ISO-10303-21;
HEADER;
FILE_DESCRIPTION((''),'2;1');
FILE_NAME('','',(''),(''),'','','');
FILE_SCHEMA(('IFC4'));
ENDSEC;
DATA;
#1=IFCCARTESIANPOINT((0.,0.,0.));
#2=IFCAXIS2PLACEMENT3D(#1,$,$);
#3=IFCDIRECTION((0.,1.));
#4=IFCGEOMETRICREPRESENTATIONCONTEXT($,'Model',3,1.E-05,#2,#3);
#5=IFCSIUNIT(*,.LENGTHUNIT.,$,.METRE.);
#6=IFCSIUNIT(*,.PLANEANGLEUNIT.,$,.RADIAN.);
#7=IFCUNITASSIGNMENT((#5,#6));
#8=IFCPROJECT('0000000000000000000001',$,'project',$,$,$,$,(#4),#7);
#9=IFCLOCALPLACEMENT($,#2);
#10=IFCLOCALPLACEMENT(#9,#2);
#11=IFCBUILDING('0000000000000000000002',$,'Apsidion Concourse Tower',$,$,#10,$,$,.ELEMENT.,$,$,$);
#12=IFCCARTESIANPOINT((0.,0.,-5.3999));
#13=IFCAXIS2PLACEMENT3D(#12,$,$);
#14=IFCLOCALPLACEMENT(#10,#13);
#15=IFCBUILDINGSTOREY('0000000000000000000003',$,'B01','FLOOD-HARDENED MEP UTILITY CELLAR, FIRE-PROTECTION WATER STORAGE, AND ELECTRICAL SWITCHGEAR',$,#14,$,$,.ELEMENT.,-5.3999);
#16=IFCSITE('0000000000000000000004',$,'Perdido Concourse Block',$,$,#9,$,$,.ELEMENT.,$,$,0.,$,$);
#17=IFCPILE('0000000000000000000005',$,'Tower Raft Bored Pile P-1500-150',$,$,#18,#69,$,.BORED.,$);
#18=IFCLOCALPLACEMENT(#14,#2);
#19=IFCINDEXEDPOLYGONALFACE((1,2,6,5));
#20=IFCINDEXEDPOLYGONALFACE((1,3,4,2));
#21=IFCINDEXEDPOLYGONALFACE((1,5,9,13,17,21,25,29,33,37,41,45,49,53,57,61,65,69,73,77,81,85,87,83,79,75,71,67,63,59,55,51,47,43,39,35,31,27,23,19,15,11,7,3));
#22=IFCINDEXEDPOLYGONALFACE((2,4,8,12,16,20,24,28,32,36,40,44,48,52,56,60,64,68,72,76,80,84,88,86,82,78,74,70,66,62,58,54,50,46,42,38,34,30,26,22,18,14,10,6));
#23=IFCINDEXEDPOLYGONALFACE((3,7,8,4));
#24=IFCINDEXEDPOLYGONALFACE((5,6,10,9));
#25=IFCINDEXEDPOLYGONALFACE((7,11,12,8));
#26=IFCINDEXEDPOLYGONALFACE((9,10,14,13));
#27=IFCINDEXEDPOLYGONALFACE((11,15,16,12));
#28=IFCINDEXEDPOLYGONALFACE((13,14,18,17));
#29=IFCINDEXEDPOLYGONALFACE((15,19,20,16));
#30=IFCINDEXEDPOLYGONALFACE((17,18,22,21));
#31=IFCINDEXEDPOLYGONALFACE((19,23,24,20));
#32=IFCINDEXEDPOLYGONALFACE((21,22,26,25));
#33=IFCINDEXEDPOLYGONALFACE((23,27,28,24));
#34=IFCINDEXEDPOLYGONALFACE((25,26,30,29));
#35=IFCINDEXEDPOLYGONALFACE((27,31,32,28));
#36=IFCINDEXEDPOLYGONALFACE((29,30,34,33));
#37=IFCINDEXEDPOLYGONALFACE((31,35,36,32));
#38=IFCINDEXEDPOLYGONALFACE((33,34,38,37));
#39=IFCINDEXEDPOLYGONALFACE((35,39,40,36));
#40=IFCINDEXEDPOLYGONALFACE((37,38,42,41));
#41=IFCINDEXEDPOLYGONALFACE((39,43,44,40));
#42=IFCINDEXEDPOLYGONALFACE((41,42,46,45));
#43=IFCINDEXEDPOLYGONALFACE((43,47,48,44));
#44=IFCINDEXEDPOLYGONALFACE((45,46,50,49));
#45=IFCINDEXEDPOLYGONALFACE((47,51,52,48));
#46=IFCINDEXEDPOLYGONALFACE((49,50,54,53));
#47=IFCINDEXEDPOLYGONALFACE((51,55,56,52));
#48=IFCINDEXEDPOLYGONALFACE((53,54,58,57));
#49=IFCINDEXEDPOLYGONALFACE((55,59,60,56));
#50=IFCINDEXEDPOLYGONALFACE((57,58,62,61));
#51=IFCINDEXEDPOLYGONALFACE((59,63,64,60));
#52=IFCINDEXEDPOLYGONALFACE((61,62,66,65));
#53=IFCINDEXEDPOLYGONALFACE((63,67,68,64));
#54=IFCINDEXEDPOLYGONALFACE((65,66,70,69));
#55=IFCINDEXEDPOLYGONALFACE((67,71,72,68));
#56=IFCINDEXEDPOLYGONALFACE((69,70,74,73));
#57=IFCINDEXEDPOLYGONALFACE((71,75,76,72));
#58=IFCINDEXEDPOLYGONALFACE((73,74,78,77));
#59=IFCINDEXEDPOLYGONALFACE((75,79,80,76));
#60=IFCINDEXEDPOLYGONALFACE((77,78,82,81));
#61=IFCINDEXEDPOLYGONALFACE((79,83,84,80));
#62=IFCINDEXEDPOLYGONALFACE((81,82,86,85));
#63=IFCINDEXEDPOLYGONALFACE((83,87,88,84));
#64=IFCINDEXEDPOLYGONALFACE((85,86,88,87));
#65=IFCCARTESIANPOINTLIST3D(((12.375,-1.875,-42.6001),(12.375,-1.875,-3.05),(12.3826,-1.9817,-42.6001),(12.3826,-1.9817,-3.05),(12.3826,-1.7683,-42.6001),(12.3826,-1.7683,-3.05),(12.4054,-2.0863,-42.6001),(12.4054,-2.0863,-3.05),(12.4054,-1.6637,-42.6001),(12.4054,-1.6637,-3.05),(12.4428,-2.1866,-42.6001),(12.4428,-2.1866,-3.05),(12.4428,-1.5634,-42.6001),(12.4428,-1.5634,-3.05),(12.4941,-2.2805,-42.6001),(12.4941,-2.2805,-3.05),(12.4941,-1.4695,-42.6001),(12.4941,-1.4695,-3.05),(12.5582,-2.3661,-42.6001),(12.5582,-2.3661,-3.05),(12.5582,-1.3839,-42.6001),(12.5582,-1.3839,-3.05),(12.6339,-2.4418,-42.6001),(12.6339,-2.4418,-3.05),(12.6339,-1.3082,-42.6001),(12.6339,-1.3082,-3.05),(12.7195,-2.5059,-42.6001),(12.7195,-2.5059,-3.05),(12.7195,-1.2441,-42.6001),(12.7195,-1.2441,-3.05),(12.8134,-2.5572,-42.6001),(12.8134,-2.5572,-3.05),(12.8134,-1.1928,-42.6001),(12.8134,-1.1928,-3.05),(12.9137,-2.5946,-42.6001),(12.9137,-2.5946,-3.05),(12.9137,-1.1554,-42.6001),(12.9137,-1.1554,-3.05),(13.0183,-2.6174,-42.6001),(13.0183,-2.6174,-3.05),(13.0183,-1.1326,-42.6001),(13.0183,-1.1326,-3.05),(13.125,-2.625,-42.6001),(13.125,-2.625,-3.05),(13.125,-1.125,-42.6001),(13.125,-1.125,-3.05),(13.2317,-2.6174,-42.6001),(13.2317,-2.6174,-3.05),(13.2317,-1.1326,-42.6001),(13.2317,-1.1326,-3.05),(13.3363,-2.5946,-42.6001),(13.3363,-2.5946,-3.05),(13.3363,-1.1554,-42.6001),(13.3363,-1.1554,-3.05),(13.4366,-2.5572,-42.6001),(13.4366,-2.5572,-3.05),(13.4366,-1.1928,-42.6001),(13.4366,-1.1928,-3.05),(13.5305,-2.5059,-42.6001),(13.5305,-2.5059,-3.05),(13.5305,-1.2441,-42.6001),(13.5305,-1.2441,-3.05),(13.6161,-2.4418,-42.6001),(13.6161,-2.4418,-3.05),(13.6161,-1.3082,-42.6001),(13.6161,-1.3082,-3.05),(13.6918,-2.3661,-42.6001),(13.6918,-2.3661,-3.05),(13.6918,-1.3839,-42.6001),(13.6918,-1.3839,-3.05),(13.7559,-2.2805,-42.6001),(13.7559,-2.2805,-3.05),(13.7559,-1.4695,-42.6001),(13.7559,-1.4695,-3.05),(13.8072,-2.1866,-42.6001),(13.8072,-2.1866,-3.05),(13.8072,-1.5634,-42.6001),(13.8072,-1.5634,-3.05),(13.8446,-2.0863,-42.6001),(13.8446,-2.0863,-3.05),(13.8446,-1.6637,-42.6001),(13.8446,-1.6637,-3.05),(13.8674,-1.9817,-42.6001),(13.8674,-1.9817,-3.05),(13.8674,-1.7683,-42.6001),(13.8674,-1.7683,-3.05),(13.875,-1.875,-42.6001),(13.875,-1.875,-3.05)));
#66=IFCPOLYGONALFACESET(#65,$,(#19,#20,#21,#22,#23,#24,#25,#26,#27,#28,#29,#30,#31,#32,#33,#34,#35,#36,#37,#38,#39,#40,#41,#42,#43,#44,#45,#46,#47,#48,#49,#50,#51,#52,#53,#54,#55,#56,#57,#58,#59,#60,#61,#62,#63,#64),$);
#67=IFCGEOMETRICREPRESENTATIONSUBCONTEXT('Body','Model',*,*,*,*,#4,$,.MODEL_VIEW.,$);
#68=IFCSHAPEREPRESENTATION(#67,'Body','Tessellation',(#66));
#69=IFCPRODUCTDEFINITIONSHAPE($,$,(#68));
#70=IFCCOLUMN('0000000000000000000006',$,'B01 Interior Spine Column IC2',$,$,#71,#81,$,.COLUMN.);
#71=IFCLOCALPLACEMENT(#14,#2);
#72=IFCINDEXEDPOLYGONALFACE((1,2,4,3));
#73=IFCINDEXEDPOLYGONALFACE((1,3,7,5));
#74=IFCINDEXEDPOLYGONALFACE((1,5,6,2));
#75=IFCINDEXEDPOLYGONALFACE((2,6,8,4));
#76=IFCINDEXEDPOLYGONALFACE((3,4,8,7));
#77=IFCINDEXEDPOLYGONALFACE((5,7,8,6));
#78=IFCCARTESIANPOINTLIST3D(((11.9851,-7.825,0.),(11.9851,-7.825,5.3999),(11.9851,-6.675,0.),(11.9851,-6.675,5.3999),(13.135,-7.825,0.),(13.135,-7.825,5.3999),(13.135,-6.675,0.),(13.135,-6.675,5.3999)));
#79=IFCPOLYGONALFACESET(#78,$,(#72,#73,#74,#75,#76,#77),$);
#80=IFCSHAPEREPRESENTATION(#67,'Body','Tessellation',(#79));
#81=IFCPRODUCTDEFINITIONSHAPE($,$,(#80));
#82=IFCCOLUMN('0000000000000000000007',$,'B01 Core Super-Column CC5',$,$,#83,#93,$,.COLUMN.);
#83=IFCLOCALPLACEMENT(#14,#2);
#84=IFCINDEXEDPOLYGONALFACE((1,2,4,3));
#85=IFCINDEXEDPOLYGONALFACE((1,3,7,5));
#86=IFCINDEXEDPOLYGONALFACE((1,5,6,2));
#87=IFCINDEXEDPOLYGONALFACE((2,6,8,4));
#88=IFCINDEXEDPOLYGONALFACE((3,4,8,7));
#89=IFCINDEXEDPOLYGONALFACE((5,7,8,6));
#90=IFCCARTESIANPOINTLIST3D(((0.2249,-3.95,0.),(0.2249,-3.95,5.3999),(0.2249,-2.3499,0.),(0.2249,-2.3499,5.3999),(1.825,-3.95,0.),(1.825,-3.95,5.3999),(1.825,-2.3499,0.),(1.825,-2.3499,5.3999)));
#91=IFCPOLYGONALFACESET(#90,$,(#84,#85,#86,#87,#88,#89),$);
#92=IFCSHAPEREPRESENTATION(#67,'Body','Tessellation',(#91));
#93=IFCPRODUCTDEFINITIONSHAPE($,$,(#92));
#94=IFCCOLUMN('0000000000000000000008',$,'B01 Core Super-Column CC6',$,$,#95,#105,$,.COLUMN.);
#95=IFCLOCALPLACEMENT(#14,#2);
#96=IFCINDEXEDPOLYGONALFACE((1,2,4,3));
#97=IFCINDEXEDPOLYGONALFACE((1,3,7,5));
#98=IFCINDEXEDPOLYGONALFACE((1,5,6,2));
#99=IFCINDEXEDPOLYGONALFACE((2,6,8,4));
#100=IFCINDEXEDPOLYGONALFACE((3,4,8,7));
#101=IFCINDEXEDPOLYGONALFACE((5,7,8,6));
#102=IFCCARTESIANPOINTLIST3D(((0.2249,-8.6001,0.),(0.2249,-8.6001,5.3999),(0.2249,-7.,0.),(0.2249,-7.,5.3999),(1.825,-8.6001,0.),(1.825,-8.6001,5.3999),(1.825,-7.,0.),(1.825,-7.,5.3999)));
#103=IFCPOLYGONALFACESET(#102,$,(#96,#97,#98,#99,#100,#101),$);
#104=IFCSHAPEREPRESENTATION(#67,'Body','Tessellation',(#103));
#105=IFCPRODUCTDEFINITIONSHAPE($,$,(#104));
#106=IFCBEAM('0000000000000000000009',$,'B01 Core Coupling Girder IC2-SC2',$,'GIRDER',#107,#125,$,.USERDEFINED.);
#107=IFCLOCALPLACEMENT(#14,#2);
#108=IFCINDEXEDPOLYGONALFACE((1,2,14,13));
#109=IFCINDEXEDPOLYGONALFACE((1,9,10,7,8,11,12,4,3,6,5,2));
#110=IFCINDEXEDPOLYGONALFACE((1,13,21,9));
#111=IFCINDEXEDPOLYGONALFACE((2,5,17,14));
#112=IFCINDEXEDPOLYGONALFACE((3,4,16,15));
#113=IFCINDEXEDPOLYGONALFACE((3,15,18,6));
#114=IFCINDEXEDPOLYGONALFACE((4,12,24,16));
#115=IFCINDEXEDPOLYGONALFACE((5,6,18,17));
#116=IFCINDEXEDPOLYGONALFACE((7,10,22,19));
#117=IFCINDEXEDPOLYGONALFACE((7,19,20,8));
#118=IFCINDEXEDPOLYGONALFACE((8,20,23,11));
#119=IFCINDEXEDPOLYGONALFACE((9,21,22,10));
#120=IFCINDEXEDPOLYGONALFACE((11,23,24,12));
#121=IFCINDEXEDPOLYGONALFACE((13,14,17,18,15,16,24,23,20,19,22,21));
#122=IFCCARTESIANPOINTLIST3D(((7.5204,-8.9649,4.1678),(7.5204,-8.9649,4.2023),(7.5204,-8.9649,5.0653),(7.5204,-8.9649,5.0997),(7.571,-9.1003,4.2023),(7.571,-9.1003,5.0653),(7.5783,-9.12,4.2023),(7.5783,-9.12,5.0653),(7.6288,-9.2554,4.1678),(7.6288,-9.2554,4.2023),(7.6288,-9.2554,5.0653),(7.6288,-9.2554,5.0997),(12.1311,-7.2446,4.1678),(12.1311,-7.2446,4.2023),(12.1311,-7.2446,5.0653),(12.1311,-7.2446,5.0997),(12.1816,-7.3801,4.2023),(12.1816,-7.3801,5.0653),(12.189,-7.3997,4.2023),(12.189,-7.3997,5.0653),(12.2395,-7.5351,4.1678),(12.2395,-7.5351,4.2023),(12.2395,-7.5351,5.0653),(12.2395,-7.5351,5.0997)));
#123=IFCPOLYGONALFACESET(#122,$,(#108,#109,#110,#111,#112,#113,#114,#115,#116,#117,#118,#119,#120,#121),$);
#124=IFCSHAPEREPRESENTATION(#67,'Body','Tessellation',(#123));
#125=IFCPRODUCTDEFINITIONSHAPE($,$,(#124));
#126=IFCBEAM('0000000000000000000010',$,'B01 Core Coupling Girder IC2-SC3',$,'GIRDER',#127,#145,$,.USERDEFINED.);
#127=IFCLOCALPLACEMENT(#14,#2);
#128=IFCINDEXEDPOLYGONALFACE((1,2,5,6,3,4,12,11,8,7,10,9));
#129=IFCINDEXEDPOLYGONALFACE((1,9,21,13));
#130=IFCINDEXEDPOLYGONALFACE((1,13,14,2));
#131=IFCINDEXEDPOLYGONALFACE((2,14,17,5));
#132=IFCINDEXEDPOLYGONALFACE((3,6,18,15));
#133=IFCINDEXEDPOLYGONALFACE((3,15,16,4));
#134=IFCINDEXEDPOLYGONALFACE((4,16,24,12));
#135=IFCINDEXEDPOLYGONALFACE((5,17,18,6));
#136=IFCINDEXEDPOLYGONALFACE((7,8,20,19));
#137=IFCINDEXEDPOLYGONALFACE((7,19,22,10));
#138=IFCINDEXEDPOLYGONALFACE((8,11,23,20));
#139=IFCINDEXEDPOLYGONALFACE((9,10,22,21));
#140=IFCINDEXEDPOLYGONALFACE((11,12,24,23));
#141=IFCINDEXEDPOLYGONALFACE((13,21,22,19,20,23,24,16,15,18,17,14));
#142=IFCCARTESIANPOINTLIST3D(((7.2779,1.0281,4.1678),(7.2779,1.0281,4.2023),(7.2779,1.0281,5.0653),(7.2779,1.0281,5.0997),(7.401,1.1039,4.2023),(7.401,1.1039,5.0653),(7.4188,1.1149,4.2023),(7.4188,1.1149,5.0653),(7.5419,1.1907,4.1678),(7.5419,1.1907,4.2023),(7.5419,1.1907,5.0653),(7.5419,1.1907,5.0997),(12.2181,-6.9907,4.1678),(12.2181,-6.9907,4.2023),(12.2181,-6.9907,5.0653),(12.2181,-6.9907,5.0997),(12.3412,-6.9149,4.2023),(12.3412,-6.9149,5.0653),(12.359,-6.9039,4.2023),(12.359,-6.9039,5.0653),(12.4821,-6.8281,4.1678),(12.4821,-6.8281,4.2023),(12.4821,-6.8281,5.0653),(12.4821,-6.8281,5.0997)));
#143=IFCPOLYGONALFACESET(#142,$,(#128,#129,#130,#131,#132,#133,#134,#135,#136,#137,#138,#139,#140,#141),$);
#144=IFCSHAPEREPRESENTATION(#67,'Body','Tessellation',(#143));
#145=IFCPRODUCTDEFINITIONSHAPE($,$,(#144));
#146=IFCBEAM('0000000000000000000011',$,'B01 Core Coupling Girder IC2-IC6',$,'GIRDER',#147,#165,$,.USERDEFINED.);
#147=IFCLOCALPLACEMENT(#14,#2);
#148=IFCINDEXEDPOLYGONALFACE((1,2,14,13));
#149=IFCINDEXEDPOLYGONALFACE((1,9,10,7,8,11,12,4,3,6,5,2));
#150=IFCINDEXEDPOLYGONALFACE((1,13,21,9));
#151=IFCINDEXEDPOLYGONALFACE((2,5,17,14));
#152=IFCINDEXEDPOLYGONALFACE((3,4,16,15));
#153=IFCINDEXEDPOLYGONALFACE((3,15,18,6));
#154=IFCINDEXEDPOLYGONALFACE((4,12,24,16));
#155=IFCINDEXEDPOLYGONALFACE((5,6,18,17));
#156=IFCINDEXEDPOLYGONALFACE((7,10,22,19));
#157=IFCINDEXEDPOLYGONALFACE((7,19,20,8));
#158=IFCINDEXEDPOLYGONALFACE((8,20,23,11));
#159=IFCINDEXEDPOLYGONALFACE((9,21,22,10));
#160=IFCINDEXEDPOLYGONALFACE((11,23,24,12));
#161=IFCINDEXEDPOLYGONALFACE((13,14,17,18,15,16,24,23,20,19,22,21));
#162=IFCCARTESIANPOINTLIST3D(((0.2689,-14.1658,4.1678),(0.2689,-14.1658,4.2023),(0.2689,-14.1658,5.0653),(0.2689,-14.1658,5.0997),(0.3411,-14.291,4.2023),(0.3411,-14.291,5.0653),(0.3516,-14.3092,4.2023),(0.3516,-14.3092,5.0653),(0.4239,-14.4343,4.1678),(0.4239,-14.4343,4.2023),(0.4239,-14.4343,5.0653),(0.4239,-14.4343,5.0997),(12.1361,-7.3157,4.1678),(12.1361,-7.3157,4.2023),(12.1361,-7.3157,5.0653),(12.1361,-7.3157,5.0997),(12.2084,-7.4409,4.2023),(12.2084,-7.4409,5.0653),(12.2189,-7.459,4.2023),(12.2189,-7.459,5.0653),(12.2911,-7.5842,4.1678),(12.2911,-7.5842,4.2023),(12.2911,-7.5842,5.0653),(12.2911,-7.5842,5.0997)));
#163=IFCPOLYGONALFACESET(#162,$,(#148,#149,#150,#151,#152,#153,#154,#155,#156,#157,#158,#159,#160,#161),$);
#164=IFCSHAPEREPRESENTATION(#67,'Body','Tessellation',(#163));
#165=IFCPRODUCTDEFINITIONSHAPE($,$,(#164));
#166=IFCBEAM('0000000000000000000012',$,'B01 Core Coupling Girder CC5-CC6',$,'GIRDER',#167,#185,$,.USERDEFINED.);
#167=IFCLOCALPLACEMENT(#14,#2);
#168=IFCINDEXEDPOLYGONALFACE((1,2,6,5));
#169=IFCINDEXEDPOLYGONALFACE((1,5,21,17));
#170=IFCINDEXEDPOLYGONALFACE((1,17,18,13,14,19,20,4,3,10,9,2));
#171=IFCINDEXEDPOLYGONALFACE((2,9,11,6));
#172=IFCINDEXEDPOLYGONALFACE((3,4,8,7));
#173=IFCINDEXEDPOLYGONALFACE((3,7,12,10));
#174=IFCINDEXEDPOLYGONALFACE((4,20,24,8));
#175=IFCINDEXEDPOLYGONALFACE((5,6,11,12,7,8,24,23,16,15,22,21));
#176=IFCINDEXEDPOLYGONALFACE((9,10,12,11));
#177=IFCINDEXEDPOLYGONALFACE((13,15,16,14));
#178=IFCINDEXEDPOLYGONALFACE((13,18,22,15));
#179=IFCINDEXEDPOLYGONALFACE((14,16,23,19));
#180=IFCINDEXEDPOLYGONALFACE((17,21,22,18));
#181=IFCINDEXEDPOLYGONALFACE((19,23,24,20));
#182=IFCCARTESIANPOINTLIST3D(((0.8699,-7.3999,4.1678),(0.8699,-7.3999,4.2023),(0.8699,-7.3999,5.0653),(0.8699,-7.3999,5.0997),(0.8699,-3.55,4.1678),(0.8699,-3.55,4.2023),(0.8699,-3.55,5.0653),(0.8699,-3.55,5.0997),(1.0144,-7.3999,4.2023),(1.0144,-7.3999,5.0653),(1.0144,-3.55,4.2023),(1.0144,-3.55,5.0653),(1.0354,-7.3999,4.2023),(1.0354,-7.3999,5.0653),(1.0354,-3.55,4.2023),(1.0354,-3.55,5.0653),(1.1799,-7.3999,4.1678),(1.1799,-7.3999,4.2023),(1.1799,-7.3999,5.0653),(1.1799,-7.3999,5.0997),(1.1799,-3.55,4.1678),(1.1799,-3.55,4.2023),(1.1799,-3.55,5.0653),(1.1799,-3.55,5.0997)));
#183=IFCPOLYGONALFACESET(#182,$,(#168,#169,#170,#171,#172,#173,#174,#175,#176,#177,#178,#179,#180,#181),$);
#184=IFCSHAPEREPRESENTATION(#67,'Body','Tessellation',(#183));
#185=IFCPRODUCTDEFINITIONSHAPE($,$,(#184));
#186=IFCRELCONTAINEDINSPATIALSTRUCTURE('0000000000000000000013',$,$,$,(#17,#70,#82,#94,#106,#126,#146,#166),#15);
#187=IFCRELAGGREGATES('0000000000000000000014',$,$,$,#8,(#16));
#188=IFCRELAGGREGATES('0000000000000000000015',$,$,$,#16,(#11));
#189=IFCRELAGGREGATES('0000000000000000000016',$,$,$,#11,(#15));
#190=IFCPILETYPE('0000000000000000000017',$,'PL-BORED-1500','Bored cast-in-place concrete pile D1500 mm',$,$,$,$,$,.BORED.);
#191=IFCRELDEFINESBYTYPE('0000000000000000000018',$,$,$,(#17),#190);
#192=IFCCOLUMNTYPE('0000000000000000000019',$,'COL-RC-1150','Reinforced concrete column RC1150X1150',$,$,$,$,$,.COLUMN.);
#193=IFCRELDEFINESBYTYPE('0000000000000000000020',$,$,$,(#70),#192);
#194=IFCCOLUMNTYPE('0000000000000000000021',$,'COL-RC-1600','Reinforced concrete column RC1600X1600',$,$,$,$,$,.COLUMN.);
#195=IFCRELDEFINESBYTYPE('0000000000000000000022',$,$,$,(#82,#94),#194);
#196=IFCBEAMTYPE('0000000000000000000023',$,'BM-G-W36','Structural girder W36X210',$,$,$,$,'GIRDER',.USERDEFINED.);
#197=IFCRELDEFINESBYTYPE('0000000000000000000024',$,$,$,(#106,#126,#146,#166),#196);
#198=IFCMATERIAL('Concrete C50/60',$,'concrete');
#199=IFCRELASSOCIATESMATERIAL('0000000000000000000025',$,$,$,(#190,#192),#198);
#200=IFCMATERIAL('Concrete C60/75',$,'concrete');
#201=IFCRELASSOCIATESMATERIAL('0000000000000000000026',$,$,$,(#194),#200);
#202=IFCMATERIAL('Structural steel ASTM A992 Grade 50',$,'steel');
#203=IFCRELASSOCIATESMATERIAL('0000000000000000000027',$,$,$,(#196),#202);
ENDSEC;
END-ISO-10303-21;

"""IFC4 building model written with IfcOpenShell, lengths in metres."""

from ifc_helpers import new_model, si_unit, direction, frame, origin, origin_2d, place, context, subcontext, project, spatial, rectangle, circle, i_section, extrude, material, material_profile, profile_set, type_object, element, save


model = new_model("IFC4")

# Units and contexts
model_context = context("Model", 3, precision=1e-05, world=origin(), true_north=direction((0.0, 1.0)))
body_context = subcontext(model_context, "Body", "Model", "MODEL_VIEW")
ifc_project = project(units=[si_unit("LENGTHUNIT", "METRE"), si_unit("PLANEANGLEUNIT", "RADIAN")], contexts=[model_context])

# Site, building, storey
site_placement = place(None, origin())
site = spatial("IfcSite", under=ifc_project, at=site_placement, Name="Perdido Concourse Block", CompositionType="ELEMENT", RefElevation=0.0)
building_placement = place(site_placement, origin())
building = spatial("IfcBuilding", under=site, at=building_placement, Name="Apsidion Concourse Tower", CompositionType="ELEMENT")
storey_placement = place(building_placement, frame((0.0, 0.0, -5.3999)))
storey = spatial("IfcBuildingStorey", under=building, at=storey_placement, Name="B01", Description="FLOOD-HARDENED MEP UTILITY CELLAR, FIRE-PROTECTION WATER STORAGE, AND ELECTRICAL SWITCHGEAR", CompositionType="ELEMENT", Elevation=-5.3999)

# Shared definitions
ifc_material_1 = material(Name="Concrete C50/60", Category="concrete")

# Pile
ifc_material_profile_1 = material_profile(ifc_material_1, circle(Radius=0.75, at=origin_2d()), Name="BORED PILE D1500")
ifc_profile_set_1 = profile_set([ifc_material_profile_1], Name="Concrete C50/60")
pile_type = type_object("IfcPileType", Name="PL-BORED-1500", Description="Bored cast-in-place concrete pile D1500 mm", PredefinedType="BORED", material=ifc_profile_set_1)
for number, where, z_axis, x_axis, name in (
    (1, (13.125, -1.875, -3.05), (0.0, 0.0, -1.0), (1.0, 0.0, 0.0), "Tower Raft Bored Pile P-1500-150"),
):
    element("IfcPile", number, at=place(storey_placement, frame(where, z_axis=z_axis, x_axis=x_axis)), inside=storey, type_object=pile_type, Name=name, PredefinedType="BORED", context=body_context, shape_type="SweptSolid", body=[
        extrude(circle(Radius=0.75, at=origin_2d()), origin(), (0.0, 0.0, 1.0), 39.55),
    ])

# Columns
ifc_material_profile_2 = material_profile(ifc_material_1, rectangle(XDim=1.1499, YDim=1.1499, at=origin_2d()), Name="RC 1150x1150")
ifc_profile_set_2 = profile_set([ifc_material_profile_2], Name="Concrete C50/60")
column_type_1 = type_object("IfcColumnType", Name="COL-RC-1150", Description="Reinforced concrete column RC1150X1150", PredefinedType="COLUMN", material=ifc_profile_set_2)
column_placement = place(storey_placement, frame((12.5601, -7.25, 0.0), z_axis=(0.0, 0.0, 1.0), x_axis=(1.0, 0.0, 0.0)))
element("IfcColumn", 2, at=column_placement, inside=storey, type_object=column_type_1, Name="B01 Interior Spine Column IC2", PredefinedType="COLUMN", context=body_context, shape_type="SweptSolid", body=[
    extrude(rectangle(XDim=1.1499, YDim=1.1499, at=origin_2d()), origin(), (0.0, 0.0, 1.0), 5.3999),
])
ifc_material_2 = material(Name="Concrete C60/75", Category="concrete")
ifc_material_profile_3 = material_profile(ifc_material_2, rectangle(XDim=1.6001, YDim=1.6001, at=origin_2d()), Name="RC 1600x1600")
ifc_profile_set_3 = profile_set([ifc_material_profile_3], Name="Concrete C60/75")
column_type_2 = type_object("IfcColumnType", Name="COL-RC-1600", Description="Reinforced concrete column RC1600X1600", PredefinedType="COLUMN", material=ifc_profile_set_3)
for number, where, z_axis, x_axis, name in (
    (3, (1.0249, -3.1499, 0.0), (0.0, 0.0, 1.0), (1.0, 0.0, 0.0), "B01 Core Super-Column CC5"),
    (4, (1.0249, -7.8, 0.0), (0.0, 0.0, 1.0), (1.0, 0.0, 0.0), "B01 Core Super-Column CC6"),
):
    element("IfcColumn", number, at=place(storey_placement, frame(where, z_axis=z_axis, x_axis=x_axis)), inside=storey, type_object=column_type_2, Name=name, PredefinedType="COLUMN", context=body_context, shape_type="SweptSolid", body=[
        extrude(rectangle(XDim=1.6001, YDim=1.6001, at=origin_2d()), origin(), (0.0, 0.0, 1.0), 5.3999),
    ])

# Beams
ifc_material_3 = material(Name="Structural steel ASTM A992 Grade 50", Category="steel")
ifc_material_profile_4 = material_profile(ifc_material_3, i_section(OverallWidth=0.3101, OverallDepth=0.9319, WebThickness=0.021, FlangeThickness=0.0344, at=origin_2d()), Name="W36X210")
ifc_profile_set_4 = profile_set([ifc_material_profile_4], Name="Structural steel ASTM A992 Grade 50")
beam_type = type_object("IfcBeamType", Name="BM-G-W36", Description="Structural girder W36X210", ElementType="GIRDER", PredefinedType="USERDEFINED", material=ifc_profile_set_4)
beam_1_placement = place(storey_placement, frame((12.1853, -7.3899, 4.6338), z_axis=(-0.936913, -0.349563, 0.0), x_axis=(0.349563, -0.936913, 0.0)))
element("IfcBeam", 5, at=beam_1_placement, inside=storey, type_object=beam_type, Name="B01 Core Coupling Girder IC2-SC2", ObjectType="GIRDER", PredefinedType="USERDEFINED", context=body_context, shape_type="SweptSolid", body=[
    extrude(i_section(OverallWidth=0.3101, OverallDepth=0.9319, WebThickness=0.021, FlangeThickness=0.0344, at=origin_2d()), origin(), (0.0, 0.0, 1.0), 4.9211),
])
beam_2_placement = place(storey_placement, frame((12.3501, -6.9094, 4.6338), z_axis=(-0.524524, 0.851396, 0.0), x_axis=(-0.851396, -0.524524, 0.0)))
element("IfcBeam", 6, at=beam_2_placement, inside=storey, type_object=beam_type, Name="B01 Core Coupling Girder IC2-SC3", ObjectType="GIRDER", PredefinedType="USERDEFINED", context=body_context, shape_type="SweptSolid", body=[
    extrude(i_section(OverallWidth=0.3101, OverallDepth=0.9319, WebThickness=0.021, FlangeThickness=0.0344, at=origin_2d()), origin(), (0.0, 0.0, 1.0), 9.4185),
])
beam_3_placement = place(storey_placement, frame((12.2136, -7.45, 4.6338), z_axis=(-0.86607, -0.499922, 0.0), x_axis=(0.499922, -0.86607, 0.0)))
element("IfcBeam", 7, at=beam_3_placement, inside=storey, type_object=beam_type, Name="B01 Core Coupling Girder IC2-IC6", ObjectType="GIRDER", PredefinedType="USERDEFINED", context=body_context, shape_type="SweptSolid", body=[
    extrude(i_section(OverallWidth=0.3101, OverallDepth=0.9319, WebThickness=0.021, FlangeThickness=0.0344, at=origin_2d()), origin(), (0.0, 0.0, 1.0), 13.7024),
])
beam_4_placement = place(storey_placement, frame((1.0249, -3.55, 4.6338), z_axis=(0.0, -1.0, 0.0), x_axis=(1.0, 0.0, 0.0)))
element("IfcBeam", 8, at=beam_4_placement, inside=storey, type_object=beam_type, Name="B01 Core Coupling Girder CC5-CC6", ObjectType="GIRDER", PredefinedType="USERDEFINED", context=body_context, shape_type="SweptSolid", body=[
    extrude(i_section(OverallWidth=0.3101, OverallDepth=0.9319, WebThickness=0.021, FlangeThickness=0.0344, at=origin_2d()), origin(), (0.0, 0.0, 1.0), 3.8499),
])

save(model, "model.ifc")
